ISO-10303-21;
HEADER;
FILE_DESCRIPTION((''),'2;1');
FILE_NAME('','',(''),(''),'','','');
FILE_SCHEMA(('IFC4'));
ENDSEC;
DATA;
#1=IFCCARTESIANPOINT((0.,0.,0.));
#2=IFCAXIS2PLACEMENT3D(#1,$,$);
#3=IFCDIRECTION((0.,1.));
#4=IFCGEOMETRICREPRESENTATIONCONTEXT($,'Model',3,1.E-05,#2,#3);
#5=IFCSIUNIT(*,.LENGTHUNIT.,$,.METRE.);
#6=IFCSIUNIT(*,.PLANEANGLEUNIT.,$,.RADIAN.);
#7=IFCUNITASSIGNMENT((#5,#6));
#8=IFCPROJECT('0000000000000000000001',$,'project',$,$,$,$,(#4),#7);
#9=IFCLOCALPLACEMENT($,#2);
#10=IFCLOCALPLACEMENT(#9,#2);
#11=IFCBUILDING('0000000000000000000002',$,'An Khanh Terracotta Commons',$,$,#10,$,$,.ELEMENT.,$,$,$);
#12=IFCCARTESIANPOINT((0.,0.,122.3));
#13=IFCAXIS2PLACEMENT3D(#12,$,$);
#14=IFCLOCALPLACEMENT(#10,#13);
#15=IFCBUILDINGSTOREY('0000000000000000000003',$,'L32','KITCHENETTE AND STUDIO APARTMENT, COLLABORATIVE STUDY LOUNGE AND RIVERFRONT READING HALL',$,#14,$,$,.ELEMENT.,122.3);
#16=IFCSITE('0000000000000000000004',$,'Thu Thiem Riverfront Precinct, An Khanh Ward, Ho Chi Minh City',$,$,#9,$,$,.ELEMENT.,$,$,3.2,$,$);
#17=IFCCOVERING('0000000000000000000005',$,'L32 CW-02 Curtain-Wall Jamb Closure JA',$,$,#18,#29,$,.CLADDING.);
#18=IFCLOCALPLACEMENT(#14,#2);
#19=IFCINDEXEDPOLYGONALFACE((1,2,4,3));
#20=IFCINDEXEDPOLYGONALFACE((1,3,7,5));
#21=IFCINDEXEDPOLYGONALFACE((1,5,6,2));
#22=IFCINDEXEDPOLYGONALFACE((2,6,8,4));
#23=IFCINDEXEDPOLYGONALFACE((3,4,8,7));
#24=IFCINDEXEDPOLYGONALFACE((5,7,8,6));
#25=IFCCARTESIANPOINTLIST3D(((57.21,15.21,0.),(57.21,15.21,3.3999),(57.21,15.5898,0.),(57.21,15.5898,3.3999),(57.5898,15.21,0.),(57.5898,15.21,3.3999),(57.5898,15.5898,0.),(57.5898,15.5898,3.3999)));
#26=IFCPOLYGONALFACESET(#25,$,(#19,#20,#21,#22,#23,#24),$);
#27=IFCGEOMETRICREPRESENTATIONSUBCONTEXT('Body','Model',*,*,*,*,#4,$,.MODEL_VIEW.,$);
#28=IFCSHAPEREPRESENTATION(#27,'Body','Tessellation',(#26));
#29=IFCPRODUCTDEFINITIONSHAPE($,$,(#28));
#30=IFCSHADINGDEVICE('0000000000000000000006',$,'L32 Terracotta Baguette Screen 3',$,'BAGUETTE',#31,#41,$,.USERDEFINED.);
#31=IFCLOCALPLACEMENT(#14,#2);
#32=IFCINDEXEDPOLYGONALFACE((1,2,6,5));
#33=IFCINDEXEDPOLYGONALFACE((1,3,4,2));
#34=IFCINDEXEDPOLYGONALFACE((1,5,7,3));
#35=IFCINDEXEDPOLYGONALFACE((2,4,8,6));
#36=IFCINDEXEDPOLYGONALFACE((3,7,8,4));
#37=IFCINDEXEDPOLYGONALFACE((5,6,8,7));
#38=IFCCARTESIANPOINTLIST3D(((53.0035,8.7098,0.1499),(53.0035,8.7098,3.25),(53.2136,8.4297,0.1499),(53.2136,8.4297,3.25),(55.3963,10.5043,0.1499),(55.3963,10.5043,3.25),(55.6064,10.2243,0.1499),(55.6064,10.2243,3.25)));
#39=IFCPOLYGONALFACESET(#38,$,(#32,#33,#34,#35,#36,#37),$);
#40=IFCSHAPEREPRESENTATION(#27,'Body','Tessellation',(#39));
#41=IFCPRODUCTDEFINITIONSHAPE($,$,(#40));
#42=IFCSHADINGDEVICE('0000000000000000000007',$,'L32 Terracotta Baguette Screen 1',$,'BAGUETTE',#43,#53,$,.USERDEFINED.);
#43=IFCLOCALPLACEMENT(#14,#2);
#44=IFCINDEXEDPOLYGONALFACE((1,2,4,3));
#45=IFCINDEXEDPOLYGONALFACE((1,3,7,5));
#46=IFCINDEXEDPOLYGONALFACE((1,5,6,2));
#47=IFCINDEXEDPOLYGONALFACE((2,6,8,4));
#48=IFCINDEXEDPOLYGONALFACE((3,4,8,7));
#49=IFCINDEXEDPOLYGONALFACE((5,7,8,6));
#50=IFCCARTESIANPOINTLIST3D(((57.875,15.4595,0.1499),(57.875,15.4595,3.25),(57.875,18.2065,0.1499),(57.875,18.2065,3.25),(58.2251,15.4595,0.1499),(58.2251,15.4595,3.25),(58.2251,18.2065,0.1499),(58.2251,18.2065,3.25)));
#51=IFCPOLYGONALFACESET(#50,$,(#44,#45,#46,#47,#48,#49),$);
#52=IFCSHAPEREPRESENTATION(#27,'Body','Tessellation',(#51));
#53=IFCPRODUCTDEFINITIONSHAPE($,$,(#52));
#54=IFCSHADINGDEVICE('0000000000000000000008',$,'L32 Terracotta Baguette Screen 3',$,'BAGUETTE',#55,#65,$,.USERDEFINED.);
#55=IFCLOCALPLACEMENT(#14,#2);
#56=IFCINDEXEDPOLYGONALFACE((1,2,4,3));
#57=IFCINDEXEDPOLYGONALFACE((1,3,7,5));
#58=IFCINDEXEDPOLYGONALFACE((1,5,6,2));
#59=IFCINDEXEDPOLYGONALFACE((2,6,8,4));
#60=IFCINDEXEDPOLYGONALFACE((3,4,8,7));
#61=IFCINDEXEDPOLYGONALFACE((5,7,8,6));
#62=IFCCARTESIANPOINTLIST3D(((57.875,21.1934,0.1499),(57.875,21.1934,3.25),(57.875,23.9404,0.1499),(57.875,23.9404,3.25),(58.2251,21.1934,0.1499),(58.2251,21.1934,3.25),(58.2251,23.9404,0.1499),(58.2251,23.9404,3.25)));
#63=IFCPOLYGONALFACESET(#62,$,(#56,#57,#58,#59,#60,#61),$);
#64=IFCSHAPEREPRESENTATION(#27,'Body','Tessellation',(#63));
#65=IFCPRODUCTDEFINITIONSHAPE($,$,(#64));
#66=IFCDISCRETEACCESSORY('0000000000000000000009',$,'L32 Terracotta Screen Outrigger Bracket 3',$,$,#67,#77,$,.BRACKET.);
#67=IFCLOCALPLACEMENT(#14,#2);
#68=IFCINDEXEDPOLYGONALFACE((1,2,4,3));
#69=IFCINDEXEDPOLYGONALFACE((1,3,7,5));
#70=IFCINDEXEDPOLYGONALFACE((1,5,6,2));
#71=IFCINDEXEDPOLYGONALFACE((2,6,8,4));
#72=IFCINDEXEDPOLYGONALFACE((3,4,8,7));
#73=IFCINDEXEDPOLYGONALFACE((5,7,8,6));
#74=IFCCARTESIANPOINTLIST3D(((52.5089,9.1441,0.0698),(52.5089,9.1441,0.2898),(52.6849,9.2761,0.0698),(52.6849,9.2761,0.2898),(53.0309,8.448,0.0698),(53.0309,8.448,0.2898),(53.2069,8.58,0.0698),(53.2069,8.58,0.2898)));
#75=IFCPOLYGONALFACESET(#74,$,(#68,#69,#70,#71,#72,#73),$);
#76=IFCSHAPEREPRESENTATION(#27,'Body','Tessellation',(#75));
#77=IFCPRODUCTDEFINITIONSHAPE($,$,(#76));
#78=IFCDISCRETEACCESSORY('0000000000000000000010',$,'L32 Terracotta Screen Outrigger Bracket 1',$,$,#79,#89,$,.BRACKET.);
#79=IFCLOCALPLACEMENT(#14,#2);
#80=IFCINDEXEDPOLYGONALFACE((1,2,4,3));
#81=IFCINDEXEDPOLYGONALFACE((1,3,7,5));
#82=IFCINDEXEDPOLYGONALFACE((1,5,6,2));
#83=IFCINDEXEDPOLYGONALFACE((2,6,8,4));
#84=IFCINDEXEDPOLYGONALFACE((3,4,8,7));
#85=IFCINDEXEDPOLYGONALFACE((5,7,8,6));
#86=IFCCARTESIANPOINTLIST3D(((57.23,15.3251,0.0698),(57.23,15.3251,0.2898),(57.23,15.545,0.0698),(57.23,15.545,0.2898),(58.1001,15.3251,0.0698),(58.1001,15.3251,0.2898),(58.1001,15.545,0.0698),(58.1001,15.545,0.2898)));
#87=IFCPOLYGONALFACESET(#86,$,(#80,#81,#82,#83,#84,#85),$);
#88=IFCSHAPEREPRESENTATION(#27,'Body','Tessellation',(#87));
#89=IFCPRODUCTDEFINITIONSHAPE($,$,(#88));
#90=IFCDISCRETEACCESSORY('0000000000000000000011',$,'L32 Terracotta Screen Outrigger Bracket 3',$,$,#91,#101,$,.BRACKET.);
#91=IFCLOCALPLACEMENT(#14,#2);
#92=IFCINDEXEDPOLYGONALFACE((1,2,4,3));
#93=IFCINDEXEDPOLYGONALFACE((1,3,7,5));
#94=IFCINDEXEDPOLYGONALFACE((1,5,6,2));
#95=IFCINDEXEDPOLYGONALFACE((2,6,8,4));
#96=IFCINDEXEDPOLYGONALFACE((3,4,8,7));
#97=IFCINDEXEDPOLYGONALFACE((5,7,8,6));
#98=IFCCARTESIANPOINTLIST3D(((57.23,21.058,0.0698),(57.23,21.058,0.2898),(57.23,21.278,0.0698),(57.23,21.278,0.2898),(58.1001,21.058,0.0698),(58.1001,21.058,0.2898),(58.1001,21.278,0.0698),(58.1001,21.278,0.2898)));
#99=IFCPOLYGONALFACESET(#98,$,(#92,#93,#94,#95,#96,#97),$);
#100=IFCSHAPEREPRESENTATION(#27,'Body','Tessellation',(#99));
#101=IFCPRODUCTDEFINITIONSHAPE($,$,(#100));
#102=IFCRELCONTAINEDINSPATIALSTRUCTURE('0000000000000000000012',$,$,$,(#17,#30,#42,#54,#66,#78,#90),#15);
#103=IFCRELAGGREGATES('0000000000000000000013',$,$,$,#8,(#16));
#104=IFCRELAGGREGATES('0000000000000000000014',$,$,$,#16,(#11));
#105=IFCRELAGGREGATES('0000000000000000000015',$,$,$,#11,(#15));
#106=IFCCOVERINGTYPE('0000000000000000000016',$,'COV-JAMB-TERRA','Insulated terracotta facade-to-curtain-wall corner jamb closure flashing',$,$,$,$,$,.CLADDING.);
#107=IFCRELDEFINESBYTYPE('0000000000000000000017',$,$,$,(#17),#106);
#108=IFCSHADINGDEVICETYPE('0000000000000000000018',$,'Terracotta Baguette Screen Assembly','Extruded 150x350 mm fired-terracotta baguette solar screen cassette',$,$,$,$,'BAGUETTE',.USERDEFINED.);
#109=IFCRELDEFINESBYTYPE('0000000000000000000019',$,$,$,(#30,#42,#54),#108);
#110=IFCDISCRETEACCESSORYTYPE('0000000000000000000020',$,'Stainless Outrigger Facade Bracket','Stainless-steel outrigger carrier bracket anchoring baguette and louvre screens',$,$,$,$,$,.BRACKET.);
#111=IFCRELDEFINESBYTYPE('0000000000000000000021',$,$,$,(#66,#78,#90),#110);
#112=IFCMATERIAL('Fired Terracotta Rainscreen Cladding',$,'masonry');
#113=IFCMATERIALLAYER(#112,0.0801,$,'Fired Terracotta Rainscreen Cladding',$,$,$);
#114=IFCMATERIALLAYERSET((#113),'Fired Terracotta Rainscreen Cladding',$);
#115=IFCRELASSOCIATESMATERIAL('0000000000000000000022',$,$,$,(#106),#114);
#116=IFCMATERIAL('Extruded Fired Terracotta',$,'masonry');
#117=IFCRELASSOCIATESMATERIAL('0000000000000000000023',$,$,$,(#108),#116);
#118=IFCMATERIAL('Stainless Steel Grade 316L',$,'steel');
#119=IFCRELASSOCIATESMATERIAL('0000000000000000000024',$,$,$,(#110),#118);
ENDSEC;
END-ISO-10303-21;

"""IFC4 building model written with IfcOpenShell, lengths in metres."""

from ifc_helpers import new_model, si_unit, direction, frame, origin, origin_2d, place, context, subcontext, project, spatial, rectangle, extrude, material, layer, layer_set, type_object, element, save


model = new_model("IFC4")

# Units and contexts
model_context = context("Model", 3, precision=1e-05, world=origin(), true_north=direction((0.0, 1.0)))
body_context = subcontext(model_context, "Body", "Model", "MODEL_VIEW")
ifc_project = project(units=[si_unit("LENGTHUNIT", "METRE"), si_unit("PLANEANGLEUNIT", "RADIAN")], contexts=[model_context])

# Site, building, storey
site_placement = place(None, origin())
site = spatial("IfcSite", under=ifc_project, at=site_placement, Name="Thu Thiem Riverfront Precinct, An Khanh Ward, Ho Chi Minh City", CompositionType="ELEMENT", RefElevation=3.2)
building_placement = place(site_placement, origin())
building = spatial("IfcBuilding", under=site, at=building_placement, Name="An Khanh Terracotta Commons", CompositionType="ELEMENT")
storey_placement = place(building_placement, frame((0.0, 0.0, 122.3)))
storey = spatial("IfcBuildingStorey", under=building, at=storey_placement, Name="L32", Description="KITCHENETTE AND STUDIO APARTMENT, COLLABORATIVE STUDY LOUNGE AND RIVERFRONT READING HALL", CompositionType="ELEMENT", Elevation=122.3)

# Covering
ifc_material_1 = material(Name="Fired Terracotta Rainscreen Cladding", Category="masonry")
ifc_layer_1 = layer(ifc_material_1, 0.0801, Name="Fired Terracotta Rainscreen Cladding")
ifc_layer_set_1 = layer_set([ifc_layer_1], Name="Fired Terracotta Rainscreen Cladding")
covering_type = type_object("IfcCoveringType", Name="COV-JAMB-TERRA", Description="Insulated terracotta facade-to-curtain-wall corner jamb closure flashing", PredefinedType="CLADDING", material=ifc_layer_set_1)
for number, where, z_axis, x_axis, name in (
    (1, (57.3999, 15.3999, 0.0), (0.0, 0.0, 1.0), (1.0, 0.0, 0.0), "L32 CW-02 Curtain-Wall Jamb Closure JA"),
):
    element("IfcCovering", number, at=place(storey_placement, frame(where, z_axis=z_axis, x_axis=x_axis)), inside=storey, type_object=covering_type, Name=name, PredefinedType="CLADDING", context=body_context, shape_type="SweptSolid", body=[
        extrude(rectangle(XDim=0.3799, YDim=0.3799, at=origin_2d()), origin(), (0.0, 0.0, 1.0), 3.3999),
    ])

# Shading devices
ifc_material_2 = material(Name="Extruded Fired Terracotta", Category="masonry")
shading_device_type = type_object("IfcShadingDeviceType", Name="Terracotta Baguette Screen Assembly", Description="Extruded 150x350 mm fired-terracotta baguette solar screen cassette", ElementType="BAGUETTE", PredefinedType="USERDEFINED", material=ifc_material_2)
shading_device_placement = place(storey_placement, frame((54.3049, 9.467, 0.1499), z_axis=(0.0, 0.0, 1.0), x_axis=(0.800013, 0.599983, 0.0)))
element("IfcShadingDevice", 2, at=shading_device_placement, inside=storey, type_object=shading_device_type, Name="L32 Terracotta Baguette Screen 3", ObjectType="BAGUETTE", PredefinedType="USERDEFINED", context=body_context, shape_type="SweptSolid", body=[
    extrude(rectangle(XDim=2.991, YDim=0.3501, at=origin_2d()), origin(), (0.0, 0.0, 1.0), 3.1001),
])
for number, where, z_axis, x_axis, name in (
    (3, (58.05, 16.833, 0.1499), (0.0, 0.0, 1.0), (0.0, 1.0, 0.0), "L32 Terracotta Baguette Screen 1"),
    (4, (58.05, 22.5669, 0.1499), (0.0, 0.0, 1.0), (0.0, 1.0, 0.0), "L32 Terracotta Baguette Screen 3"),
):
    element("IfcShadingDevice", number, at=place(storey_placement, frame(where, z_axis=z_axis, x_axis=x_axis)), inside=storey, type_object=shading_device_type, Name=name, ObjectType="BAGUETTE", PredefinedType="USERDEFINED", context=body_context, shape_type="SweptSolid", body=[
        extrude(rectangle(XDim=2.7471, YDim=0.3501, at=origin_2d()), origin(), (0.0, 0.0, 1.0), 3.1001),
    ])

# Discrete accessories
ifc_material_3 = material(Name="Stainless Steel Grade 316L", Category="steel")
discrete_accessory_type = type_object("IfcDiscreteAccessoryType", Name="Stainless Outrigger Facade Bracket", Description="Stainless-steel outrigger carrier bracket anchoring baguette and louvre screens", PredefinedType="BRACKET", material=ifc_material_3)
for number, where, z_axis, x_axis, name in (
    (5, (52.8579, 8.8621, 0.0698), (0.0, 0.0, 1.0), (0.800013, 0.599983, 0.0), "L32 Terracotta Screen Outrigger Bracket 3"),
    (6, (57.665, 15.4351, 0.0698), (0.0, 0.0, 1.0), (0.0, 1.0, 0.0), "L32 Terracotta Screen Outrigger Bracket 1"),
    (7, (57.665, 21.168, 0.0698), (0.0, 0.0, 1.0), (0.0, 1.0, 0.0), "L32 Terracotta Screen Outrigger Bracket 3"),
):
    element("IfcDiscreteAccessory", number, at=place(storey_placement, frame(where, z_axis=z_axis, x_axis=x_axis)), inside=storey, type_object=discrete_accessory_type, Name=name, PredefinedType="BRACKET", context=body_context, shape_type="SweptSolid", body=[
        extrude(rectangle(XDim=0.22, YDim=0.8701, at=origin_2d()), origin(), (0.0, 0.0, 1.0), 0.22),
    ])

save(model, "model.ifc")
